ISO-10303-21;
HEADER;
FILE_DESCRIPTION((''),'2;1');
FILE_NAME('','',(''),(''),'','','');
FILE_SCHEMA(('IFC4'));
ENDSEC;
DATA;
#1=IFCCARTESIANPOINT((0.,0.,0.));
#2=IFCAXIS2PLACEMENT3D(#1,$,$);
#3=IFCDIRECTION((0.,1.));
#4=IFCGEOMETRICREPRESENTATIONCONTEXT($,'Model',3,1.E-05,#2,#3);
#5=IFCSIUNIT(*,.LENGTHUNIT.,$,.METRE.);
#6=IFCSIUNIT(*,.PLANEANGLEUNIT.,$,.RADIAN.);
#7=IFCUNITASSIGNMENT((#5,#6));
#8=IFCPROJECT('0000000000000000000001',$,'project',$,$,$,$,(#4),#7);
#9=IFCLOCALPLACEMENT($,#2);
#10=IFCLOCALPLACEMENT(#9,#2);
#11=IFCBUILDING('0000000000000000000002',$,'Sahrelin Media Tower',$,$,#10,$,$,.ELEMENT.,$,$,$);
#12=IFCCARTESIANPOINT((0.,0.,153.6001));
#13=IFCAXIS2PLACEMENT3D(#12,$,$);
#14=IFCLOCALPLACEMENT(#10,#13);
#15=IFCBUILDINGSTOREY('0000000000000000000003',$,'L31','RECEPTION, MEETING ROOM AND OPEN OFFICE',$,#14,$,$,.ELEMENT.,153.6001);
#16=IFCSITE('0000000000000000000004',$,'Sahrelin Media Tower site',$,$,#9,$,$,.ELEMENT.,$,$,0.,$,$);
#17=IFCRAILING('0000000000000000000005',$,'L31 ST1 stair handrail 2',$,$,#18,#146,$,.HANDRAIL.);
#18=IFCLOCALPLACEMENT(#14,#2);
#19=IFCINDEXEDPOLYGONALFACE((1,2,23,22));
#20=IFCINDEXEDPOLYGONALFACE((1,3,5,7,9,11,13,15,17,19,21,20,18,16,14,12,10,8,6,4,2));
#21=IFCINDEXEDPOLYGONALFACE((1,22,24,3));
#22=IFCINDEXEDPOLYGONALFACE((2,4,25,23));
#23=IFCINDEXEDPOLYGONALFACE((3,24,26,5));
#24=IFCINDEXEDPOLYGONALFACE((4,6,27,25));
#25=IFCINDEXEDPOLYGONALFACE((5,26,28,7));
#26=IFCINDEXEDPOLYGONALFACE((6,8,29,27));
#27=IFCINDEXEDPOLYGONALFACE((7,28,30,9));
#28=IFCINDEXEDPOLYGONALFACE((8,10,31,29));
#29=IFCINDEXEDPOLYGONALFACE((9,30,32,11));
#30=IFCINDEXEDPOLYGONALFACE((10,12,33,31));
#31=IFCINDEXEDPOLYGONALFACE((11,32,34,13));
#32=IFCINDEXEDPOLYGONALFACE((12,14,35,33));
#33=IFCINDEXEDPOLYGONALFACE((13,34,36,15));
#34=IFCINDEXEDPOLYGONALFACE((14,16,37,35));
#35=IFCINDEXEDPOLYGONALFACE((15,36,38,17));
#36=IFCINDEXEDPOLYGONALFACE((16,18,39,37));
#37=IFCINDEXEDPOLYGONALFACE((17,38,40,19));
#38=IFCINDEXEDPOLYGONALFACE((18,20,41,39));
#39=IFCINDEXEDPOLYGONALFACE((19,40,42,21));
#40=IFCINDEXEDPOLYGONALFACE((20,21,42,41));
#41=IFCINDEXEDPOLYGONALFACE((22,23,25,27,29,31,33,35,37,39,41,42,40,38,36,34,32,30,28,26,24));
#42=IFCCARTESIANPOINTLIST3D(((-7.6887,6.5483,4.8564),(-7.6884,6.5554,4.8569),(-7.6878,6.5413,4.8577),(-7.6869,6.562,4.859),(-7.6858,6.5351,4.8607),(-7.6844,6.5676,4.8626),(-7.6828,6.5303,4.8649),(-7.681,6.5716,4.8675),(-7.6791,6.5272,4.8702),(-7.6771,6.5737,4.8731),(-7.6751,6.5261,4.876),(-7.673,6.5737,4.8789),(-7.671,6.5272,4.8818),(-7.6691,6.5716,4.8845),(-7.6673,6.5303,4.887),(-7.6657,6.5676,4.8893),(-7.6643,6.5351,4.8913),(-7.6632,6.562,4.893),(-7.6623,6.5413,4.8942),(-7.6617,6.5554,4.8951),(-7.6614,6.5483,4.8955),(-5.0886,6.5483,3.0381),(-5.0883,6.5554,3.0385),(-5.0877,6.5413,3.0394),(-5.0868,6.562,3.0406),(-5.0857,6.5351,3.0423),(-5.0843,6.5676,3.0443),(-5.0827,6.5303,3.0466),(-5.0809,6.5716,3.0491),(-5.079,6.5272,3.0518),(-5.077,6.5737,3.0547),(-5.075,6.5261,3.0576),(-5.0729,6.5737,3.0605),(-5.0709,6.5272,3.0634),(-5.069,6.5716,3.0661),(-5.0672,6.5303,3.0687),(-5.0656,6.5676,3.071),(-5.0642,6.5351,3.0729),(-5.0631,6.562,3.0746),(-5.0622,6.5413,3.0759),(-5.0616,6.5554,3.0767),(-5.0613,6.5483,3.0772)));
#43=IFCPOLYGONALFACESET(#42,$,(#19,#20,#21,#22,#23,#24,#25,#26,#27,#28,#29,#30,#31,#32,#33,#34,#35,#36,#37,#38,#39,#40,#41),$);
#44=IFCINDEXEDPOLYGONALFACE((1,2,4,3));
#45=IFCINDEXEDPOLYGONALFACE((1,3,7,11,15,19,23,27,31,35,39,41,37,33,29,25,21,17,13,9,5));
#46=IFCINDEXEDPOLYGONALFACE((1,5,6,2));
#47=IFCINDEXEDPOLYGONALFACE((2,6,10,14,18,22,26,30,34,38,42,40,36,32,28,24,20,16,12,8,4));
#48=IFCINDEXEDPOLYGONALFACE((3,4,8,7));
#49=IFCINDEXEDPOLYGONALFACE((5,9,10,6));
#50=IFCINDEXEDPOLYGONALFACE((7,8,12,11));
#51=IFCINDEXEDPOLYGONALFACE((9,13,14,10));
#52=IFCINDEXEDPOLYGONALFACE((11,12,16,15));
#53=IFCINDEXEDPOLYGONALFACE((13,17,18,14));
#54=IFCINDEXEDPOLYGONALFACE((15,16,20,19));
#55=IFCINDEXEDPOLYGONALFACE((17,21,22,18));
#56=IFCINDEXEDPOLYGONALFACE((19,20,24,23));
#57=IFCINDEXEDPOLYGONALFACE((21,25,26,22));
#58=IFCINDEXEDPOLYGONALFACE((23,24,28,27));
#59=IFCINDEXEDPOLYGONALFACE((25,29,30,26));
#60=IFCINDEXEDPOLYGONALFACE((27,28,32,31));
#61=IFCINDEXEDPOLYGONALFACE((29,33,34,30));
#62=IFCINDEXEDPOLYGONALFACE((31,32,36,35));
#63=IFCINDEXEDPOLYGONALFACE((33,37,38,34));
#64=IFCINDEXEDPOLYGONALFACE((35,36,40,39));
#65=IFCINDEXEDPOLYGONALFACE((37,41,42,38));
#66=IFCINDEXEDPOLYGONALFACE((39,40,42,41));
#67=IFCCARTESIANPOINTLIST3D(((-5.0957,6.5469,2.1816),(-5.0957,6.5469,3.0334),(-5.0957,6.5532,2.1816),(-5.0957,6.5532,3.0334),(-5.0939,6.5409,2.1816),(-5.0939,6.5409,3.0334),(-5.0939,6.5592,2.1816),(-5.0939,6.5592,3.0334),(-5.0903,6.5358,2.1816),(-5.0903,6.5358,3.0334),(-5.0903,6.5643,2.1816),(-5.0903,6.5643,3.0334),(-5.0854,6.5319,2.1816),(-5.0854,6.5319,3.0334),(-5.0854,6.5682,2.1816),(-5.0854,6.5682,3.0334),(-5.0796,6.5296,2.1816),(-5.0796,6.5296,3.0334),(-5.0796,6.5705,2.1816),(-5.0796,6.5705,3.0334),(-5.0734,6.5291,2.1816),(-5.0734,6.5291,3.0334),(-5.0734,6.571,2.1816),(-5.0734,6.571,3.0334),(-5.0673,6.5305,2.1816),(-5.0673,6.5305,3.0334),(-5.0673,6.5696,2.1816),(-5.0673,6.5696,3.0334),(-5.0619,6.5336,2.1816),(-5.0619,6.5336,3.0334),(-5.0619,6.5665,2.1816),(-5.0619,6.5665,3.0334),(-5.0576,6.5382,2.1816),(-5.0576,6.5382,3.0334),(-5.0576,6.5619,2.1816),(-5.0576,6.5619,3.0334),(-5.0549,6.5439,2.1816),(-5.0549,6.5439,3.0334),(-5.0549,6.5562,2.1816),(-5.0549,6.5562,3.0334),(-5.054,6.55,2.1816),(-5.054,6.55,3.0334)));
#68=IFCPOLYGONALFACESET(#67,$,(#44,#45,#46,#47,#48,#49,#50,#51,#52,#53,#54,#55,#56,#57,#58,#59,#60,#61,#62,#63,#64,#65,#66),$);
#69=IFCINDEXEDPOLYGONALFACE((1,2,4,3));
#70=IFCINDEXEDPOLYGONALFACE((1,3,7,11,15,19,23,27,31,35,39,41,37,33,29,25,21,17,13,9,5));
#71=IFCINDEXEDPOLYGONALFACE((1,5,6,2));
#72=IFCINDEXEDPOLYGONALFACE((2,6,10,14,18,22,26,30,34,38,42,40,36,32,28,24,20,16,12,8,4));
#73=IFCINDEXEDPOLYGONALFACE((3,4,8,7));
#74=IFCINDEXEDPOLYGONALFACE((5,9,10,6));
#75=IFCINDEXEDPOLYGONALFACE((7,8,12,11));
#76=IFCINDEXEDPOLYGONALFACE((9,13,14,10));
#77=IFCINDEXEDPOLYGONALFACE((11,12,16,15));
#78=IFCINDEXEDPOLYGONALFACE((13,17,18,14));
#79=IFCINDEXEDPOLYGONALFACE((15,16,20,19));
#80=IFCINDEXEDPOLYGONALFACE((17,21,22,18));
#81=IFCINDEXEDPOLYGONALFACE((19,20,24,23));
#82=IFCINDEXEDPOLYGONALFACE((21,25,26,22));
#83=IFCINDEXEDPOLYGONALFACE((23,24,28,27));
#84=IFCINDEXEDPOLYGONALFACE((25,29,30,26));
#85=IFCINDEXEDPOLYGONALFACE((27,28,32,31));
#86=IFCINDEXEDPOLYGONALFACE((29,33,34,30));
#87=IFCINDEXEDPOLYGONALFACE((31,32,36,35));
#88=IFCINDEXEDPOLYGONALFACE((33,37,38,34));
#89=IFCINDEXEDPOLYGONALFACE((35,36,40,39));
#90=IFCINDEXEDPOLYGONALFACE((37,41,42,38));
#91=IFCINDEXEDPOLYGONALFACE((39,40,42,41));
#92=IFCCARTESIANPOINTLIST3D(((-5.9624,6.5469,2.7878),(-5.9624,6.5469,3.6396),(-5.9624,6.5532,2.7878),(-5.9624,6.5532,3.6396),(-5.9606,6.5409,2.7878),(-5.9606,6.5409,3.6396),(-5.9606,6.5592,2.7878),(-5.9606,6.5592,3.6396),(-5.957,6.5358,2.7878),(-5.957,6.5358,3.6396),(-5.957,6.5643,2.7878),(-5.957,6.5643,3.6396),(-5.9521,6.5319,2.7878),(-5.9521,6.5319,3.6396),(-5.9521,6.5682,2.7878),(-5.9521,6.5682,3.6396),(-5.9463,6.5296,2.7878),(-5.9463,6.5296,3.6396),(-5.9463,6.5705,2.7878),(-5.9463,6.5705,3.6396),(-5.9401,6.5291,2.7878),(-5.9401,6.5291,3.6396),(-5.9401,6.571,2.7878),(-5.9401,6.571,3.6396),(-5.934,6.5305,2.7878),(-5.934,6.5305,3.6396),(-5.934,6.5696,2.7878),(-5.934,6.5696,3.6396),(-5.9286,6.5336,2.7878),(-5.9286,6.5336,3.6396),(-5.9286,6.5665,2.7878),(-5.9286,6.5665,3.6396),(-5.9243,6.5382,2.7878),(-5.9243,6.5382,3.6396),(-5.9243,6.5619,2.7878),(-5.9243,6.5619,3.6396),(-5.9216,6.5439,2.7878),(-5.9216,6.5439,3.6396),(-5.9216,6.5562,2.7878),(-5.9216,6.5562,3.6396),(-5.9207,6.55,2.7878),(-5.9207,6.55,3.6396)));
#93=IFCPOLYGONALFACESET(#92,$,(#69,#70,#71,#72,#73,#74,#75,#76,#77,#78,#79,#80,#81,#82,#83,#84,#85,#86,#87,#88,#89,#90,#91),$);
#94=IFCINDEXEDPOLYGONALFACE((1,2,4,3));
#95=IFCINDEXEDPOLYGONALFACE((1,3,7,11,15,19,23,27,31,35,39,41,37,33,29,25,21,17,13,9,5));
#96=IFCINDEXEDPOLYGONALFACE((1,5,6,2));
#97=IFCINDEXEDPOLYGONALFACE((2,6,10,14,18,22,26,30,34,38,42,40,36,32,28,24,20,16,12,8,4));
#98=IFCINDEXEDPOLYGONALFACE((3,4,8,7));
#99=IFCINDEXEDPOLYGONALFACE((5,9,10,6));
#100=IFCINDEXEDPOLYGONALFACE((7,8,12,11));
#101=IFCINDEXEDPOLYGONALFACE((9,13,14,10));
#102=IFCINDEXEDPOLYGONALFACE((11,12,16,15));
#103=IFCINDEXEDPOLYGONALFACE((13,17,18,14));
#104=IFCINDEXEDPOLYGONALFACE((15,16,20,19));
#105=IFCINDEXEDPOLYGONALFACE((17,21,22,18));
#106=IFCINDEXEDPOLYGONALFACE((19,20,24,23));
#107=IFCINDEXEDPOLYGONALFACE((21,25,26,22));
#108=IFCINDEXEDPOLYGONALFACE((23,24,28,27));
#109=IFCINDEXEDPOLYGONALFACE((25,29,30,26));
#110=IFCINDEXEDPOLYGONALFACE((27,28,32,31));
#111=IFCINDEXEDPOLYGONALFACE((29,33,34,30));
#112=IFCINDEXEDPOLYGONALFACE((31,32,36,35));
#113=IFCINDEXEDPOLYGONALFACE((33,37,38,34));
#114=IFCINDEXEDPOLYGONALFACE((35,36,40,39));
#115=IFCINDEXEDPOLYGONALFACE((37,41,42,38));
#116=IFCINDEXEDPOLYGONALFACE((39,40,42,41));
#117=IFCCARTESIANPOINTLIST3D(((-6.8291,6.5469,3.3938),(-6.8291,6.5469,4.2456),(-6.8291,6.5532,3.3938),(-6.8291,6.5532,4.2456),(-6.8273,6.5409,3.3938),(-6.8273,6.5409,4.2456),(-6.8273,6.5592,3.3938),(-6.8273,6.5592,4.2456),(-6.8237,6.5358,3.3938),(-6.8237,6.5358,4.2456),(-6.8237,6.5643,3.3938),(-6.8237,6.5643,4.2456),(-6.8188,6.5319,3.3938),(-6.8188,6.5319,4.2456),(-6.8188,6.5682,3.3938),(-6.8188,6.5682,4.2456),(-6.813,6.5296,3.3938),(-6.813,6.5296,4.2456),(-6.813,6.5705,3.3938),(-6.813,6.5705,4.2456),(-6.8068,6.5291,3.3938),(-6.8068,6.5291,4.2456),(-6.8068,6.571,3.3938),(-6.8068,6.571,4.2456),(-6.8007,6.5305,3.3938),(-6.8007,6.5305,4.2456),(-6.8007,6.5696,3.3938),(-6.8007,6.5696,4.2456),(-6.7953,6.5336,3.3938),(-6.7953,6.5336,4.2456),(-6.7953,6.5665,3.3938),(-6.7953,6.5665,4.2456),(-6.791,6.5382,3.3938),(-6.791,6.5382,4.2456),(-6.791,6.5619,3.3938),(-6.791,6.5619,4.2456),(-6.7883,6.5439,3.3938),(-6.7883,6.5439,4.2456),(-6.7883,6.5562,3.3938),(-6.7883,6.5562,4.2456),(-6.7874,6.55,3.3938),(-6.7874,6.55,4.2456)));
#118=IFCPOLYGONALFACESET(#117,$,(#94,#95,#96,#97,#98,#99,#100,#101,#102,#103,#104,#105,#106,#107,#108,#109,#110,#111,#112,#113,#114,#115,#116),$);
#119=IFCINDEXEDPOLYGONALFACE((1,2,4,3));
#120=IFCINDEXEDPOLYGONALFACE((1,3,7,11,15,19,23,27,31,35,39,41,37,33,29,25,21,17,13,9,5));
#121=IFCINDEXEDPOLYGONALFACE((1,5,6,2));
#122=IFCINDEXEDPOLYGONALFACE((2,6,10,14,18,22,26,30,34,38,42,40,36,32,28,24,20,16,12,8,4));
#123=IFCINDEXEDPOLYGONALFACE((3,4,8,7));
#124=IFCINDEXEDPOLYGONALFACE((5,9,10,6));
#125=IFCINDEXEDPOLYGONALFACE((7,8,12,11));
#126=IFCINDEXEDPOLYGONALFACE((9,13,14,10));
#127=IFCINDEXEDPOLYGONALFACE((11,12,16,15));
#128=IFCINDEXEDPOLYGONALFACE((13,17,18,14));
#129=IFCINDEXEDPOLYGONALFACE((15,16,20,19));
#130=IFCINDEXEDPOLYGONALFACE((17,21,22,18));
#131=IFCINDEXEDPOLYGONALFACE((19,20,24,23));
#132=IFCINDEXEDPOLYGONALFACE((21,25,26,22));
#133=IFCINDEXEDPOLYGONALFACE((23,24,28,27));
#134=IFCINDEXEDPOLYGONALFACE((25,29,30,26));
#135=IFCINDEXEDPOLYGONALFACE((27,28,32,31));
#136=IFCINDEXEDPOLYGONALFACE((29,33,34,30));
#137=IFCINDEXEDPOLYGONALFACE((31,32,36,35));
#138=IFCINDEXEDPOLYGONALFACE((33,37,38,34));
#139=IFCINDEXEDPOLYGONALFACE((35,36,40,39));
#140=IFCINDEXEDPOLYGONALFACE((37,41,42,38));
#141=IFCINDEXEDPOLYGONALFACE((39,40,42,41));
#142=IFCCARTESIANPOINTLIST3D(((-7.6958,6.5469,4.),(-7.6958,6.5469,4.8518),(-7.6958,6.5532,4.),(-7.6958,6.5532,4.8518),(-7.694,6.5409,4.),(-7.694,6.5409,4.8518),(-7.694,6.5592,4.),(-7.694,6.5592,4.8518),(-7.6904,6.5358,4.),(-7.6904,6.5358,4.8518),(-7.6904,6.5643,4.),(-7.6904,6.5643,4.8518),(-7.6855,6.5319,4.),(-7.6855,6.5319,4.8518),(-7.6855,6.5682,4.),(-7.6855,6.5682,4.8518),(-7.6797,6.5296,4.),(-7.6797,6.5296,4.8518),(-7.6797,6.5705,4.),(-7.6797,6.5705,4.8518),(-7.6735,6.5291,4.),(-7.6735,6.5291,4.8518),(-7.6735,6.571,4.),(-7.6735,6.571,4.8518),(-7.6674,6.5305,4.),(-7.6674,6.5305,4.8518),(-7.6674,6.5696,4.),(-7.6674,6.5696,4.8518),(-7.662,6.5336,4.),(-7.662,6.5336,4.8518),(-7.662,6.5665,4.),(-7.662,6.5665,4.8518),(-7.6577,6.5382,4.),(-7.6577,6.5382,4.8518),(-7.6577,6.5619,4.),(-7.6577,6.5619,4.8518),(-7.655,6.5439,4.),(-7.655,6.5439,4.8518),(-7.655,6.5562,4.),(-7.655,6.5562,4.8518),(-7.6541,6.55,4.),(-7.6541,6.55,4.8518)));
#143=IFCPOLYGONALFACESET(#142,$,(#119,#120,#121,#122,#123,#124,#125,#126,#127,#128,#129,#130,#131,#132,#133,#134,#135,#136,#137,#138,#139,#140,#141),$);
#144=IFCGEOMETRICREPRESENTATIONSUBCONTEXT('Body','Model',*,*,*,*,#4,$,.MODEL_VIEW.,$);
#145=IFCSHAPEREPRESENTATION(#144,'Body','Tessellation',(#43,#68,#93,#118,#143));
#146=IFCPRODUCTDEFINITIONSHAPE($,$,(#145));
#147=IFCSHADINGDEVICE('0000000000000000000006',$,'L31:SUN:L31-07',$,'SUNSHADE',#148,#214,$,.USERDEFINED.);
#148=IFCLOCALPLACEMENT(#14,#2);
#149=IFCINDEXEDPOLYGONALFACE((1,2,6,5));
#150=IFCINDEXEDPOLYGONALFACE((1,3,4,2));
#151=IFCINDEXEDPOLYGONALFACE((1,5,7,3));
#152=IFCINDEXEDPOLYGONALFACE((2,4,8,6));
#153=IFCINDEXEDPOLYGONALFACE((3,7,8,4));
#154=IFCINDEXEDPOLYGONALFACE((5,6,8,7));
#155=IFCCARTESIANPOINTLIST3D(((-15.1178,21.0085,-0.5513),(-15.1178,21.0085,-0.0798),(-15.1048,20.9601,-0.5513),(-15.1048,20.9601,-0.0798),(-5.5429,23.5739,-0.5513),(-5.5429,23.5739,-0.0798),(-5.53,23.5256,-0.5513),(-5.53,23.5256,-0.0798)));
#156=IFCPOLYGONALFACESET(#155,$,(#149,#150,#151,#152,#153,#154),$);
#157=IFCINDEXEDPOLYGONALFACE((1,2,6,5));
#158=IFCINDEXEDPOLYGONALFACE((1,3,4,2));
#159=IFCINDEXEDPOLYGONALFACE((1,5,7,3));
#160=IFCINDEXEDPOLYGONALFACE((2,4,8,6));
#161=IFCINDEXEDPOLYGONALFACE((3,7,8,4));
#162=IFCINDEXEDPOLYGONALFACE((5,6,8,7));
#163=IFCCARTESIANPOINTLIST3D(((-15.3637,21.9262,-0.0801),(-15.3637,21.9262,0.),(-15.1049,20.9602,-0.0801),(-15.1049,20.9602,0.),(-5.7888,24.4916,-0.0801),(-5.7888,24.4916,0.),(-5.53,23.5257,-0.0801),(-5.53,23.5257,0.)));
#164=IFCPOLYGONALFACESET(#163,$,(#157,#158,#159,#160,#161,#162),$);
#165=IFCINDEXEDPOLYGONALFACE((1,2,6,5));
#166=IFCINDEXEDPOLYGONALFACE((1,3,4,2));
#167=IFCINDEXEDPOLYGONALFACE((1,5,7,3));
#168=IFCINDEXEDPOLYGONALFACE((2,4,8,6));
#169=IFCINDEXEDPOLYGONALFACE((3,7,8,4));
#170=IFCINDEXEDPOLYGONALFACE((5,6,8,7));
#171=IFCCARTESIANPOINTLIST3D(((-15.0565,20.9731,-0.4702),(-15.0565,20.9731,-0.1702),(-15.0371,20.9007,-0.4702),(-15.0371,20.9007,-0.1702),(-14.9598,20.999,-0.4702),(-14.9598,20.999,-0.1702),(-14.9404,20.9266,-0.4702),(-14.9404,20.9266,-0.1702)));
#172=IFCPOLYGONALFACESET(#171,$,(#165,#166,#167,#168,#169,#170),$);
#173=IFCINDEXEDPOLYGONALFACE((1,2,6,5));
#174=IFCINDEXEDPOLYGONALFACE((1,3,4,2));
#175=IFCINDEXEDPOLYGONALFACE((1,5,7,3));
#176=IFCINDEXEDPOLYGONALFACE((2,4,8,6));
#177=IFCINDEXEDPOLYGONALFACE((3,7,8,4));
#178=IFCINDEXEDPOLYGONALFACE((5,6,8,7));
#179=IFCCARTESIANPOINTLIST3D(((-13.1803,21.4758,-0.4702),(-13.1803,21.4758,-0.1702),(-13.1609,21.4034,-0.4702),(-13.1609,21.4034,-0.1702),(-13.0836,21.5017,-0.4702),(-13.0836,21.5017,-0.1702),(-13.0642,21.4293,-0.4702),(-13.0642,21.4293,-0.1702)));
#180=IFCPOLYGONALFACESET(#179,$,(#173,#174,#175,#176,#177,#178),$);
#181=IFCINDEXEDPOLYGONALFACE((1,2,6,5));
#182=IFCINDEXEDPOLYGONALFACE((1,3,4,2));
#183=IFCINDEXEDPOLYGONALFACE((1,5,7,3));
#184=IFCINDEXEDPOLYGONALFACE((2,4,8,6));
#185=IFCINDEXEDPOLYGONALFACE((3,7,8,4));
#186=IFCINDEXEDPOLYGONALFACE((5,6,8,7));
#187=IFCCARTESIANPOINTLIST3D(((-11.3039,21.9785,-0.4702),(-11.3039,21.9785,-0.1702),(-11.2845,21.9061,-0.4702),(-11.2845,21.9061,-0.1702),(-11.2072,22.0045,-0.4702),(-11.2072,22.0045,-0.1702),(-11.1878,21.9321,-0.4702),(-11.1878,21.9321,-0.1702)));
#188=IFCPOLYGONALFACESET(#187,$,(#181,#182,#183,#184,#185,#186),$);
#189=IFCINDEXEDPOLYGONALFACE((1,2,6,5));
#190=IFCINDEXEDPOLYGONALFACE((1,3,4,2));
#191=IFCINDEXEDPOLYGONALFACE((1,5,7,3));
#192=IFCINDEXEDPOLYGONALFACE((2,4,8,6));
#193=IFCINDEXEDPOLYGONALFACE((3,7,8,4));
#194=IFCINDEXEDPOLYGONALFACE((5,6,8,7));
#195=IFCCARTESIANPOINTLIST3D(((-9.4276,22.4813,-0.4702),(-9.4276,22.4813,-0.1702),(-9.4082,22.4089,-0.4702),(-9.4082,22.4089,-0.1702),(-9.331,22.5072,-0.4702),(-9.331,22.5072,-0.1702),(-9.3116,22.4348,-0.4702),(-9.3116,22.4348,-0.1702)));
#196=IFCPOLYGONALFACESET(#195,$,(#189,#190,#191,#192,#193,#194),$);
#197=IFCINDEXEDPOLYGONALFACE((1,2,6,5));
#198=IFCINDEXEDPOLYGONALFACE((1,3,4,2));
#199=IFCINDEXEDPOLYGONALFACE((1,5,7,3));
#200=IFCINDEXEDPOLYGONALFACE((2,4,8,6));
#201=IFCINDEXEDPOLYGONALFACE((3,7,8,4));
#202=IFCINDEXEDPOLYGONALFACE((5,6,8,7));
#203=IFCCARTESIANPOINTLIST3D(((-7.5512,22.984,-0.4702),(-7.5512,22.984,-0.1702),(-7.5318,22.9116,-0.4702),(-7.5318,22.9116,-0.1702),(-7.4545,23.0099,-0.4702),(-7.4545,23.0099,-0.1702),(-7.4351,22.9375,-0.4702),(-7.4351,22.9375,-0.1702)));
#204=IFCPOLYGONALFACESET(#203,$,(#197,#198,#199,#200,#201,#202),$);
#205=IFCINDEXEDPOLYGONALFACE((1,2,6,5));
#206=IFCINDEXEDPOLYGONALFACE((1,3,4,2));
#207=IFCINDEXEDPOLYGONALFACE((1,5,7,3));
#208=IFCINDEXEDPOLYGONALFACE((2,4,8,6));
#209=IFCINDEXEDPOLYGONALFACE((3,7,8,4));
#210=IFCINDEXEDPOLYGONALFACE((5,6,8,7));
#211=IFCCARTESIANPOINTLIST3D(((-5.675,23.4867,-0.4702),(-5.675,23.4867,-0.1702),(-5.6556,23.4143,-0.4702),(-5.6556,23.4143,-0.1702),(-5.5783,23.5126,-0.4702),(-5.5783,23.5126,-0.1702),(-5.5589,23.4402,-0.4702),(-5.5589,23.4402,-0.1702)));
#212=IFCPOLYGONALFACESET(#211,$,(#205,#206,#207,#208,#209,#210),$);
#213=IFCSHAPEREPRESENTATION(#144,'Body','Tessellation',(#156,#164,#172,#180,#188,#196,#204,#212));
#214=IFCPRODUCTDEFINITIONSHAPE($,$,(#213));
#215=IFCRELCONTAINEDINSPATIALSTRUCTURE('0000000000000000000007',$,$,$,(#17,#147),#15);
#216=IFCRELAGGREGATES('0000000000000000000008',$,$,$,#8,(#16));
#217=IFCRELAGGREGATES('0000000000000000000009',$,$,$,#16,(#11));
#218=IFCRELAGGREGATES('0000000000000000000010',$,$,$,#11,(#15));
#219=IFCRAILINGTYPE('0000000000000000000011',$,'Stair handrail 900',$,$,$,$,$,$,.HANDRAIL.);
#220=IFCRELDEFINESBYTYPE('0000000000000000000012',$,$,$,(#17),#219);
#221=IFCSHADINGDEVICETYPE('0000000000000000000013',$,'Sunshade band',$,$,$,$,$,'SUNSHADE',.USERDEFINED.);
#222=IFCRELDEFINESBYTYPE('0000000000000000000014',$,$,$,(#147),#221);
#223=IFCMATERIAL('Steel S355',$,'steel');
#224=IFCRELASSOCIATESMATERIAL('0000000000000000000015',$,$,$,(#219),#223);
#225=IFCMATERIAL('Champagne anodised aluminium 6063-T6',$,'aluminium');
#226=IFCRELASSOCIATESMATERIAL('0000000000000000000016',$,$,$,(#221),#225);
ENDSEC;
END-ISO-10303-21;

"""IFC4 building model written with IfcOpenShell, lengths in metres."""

from ifc_helpers import new_model, si_unit, direction, frame, origin, origin_2d, place, context, subcontext, project, spatial, rectangle, circle, extrude, material, type_object, element, save


model = new_model("IFC4")

# Units and contexts
model_context = context("Model", 3, precision=1e-05, world=origin(), true_north=direction((0.0, 1.0)))
body_context = subcontext(model_context, "Body", "Model", "MODEL_VIEW")
ifc_project = project(units=[si_unit("LENGTHUNIT", "METRE"), si_unit("PLANEANGLEUNIT", "RADIAN")], contexts=[model_context])

# Site, building, storey
site_placement = place(None, origin())
site = spatial("IfcSite", under=ifc_project, at=site_placement, Name="Sahrelin Media Tower site", CompositionType="ELEMENT", RefElevation=0.0)
building_placement = place(site_placement, origin())
building = spatial("IfcBuilding", under=site, at=building_placement, Name="Sahrelin Media Tower", CompositionType="ELEMENT")
storey_placement = place(building_placement, frame((0.0, 0.0, 153.6001)))
storey = spatial("IfcBuildingStorey", under=building, at=storey_placement, Name="L31", Description="RECEPTION, MEETING ROOM AND OPEN OFFICE", CompositionType="ELEMENT", Elevation=153.6001)

# Shared definitions
ifc_material_1 = material(Name="Steel S355", Category="steel")

# Shared definitions
ifc_material_2 = material(Name="Champagne anodised aluminium 6063-T6", Category="aluminium")

# Shared definitions
placement = place(storey_placement, frame((-10.3123, 22.2236, 0.0), z_axis=(0.0, 0.0, 1.0), x_axis=(0.965929, 0.258808, 0.0)))

# Railing
railing_type = type_object("IfcRailingType", Name="Stair handrail 900", PredefinedType="HANDRAIL", material=ifc_material_1)
railing_placement = place(storey_placement, frame((-5.075, 6.55, 2.1816)))
element("IfcRailing", 1, at=railing_placement, inside=storey, type_object=railing_type, Name="L31 ST1 stair handrail 2", PredefinedType="HANDRAIL", context=body_context, shape_type="SweptSolid", body=[
    extrude(circle(Radius=0.0239, at=origin_2d()), frame((0.0, 0.0, 0.876), z_axis=(-0.819485, 0.0, 0.573101), x_axis=(0.0, -1.0, 0.0)), (0.0, 0.0, 1.0), 3.1729),
    extrude(circle(Radius=0.021, at=origin_2d()), origin(), (0.0, 0.0, 1.0), 0.8518),
    extrude(circle(Radius=0.021, at=origin_2d()), frame((-0.8667, 0.0, 0.6062)), (0.0, 0.0, 1.0), 0.8518),
    extrude(circle(Radius=0.021, at=origin_2d()), frame((-1.7334, 0.0, 1.2122)), (0.0, 0.0, 1.0), 0.8518),
    extrude(circle(Radius=0.021, at=origin_2d()), frame((-2.6001, 0.0, 1.8184)), (0.0, 0.0, 1.0), 0.8518),
])

# Shading device
shading_device_type_1 = type_object("IfcShadingDeviceType", Name="Sunshade band", ElementType="SUNSHADE", PredefinedType="USERDEFINED", material=ifc_material_2)
element("IfcShadingDevice", 2, at=placement, inside=storey, type_object=shading_device_type_1, Name="L31:SUN:L31-07", ObjectType="SUNSHADE", PredefinedType="USERDEFINED", context=body_context, shape_type="SweptSolid", body=[
    extrude(rectangle(XDim=9.9126, YDim=0.05, at=origin_2d()), frame((0.0, 0.0449, -0.5513)), (0.0, 0.0, 1.0), 0.4714),
    extrude(rectangle(XDim=9.9126, YDim=1.0, at=origin_2d()), frame((0.0, 0.52, -0.0801)), (0.0, 0.0, 1.0), 0.0801),
    extrude(rectangle(XDim=0.1001, YDim=0.075, at=origin_2d()), frame((-4.8562, -0.0176, -0.4702)), (0.0, 0.0, 1.0), 0.3),
    extrude(rectangle(XDim=0.1001, YDim=0.075, at=origin_2d()), frame((-2.9138, -0.0176, -0.4702)), (0.0, 0.0, 1.0), 0.3),
    extrude(rectangle(XDim=0.1001, YDim=0.075, at=origin_2d()), frame((-0.9712, -0.0176, -0.4702)), (0.0, 0.0, 1.0), 0.3),
    extrude(rectangle(XDim=0.1001, YDim=0.075, at=origin_2d()), frame((0.9712, -0.0176, -0.4702)), (0.0, 0.0, 1.0), 0.3),
    extrude(rectangle(XDim=0.1001, YDim=0.075, at=origin_2d()), frame((2.9138, -0.0176, -0.4702)), (0.0, 0.0, 1.0), 0.3),
    extrude(rectangle(XDim=0.1001, YDim=0.075, at=origin_2d()), frame((4.8562, -0.0176, -0.4702)), (0.0, 0.0, 1.0), 0.3),
])

save(model, "model.ifc")
